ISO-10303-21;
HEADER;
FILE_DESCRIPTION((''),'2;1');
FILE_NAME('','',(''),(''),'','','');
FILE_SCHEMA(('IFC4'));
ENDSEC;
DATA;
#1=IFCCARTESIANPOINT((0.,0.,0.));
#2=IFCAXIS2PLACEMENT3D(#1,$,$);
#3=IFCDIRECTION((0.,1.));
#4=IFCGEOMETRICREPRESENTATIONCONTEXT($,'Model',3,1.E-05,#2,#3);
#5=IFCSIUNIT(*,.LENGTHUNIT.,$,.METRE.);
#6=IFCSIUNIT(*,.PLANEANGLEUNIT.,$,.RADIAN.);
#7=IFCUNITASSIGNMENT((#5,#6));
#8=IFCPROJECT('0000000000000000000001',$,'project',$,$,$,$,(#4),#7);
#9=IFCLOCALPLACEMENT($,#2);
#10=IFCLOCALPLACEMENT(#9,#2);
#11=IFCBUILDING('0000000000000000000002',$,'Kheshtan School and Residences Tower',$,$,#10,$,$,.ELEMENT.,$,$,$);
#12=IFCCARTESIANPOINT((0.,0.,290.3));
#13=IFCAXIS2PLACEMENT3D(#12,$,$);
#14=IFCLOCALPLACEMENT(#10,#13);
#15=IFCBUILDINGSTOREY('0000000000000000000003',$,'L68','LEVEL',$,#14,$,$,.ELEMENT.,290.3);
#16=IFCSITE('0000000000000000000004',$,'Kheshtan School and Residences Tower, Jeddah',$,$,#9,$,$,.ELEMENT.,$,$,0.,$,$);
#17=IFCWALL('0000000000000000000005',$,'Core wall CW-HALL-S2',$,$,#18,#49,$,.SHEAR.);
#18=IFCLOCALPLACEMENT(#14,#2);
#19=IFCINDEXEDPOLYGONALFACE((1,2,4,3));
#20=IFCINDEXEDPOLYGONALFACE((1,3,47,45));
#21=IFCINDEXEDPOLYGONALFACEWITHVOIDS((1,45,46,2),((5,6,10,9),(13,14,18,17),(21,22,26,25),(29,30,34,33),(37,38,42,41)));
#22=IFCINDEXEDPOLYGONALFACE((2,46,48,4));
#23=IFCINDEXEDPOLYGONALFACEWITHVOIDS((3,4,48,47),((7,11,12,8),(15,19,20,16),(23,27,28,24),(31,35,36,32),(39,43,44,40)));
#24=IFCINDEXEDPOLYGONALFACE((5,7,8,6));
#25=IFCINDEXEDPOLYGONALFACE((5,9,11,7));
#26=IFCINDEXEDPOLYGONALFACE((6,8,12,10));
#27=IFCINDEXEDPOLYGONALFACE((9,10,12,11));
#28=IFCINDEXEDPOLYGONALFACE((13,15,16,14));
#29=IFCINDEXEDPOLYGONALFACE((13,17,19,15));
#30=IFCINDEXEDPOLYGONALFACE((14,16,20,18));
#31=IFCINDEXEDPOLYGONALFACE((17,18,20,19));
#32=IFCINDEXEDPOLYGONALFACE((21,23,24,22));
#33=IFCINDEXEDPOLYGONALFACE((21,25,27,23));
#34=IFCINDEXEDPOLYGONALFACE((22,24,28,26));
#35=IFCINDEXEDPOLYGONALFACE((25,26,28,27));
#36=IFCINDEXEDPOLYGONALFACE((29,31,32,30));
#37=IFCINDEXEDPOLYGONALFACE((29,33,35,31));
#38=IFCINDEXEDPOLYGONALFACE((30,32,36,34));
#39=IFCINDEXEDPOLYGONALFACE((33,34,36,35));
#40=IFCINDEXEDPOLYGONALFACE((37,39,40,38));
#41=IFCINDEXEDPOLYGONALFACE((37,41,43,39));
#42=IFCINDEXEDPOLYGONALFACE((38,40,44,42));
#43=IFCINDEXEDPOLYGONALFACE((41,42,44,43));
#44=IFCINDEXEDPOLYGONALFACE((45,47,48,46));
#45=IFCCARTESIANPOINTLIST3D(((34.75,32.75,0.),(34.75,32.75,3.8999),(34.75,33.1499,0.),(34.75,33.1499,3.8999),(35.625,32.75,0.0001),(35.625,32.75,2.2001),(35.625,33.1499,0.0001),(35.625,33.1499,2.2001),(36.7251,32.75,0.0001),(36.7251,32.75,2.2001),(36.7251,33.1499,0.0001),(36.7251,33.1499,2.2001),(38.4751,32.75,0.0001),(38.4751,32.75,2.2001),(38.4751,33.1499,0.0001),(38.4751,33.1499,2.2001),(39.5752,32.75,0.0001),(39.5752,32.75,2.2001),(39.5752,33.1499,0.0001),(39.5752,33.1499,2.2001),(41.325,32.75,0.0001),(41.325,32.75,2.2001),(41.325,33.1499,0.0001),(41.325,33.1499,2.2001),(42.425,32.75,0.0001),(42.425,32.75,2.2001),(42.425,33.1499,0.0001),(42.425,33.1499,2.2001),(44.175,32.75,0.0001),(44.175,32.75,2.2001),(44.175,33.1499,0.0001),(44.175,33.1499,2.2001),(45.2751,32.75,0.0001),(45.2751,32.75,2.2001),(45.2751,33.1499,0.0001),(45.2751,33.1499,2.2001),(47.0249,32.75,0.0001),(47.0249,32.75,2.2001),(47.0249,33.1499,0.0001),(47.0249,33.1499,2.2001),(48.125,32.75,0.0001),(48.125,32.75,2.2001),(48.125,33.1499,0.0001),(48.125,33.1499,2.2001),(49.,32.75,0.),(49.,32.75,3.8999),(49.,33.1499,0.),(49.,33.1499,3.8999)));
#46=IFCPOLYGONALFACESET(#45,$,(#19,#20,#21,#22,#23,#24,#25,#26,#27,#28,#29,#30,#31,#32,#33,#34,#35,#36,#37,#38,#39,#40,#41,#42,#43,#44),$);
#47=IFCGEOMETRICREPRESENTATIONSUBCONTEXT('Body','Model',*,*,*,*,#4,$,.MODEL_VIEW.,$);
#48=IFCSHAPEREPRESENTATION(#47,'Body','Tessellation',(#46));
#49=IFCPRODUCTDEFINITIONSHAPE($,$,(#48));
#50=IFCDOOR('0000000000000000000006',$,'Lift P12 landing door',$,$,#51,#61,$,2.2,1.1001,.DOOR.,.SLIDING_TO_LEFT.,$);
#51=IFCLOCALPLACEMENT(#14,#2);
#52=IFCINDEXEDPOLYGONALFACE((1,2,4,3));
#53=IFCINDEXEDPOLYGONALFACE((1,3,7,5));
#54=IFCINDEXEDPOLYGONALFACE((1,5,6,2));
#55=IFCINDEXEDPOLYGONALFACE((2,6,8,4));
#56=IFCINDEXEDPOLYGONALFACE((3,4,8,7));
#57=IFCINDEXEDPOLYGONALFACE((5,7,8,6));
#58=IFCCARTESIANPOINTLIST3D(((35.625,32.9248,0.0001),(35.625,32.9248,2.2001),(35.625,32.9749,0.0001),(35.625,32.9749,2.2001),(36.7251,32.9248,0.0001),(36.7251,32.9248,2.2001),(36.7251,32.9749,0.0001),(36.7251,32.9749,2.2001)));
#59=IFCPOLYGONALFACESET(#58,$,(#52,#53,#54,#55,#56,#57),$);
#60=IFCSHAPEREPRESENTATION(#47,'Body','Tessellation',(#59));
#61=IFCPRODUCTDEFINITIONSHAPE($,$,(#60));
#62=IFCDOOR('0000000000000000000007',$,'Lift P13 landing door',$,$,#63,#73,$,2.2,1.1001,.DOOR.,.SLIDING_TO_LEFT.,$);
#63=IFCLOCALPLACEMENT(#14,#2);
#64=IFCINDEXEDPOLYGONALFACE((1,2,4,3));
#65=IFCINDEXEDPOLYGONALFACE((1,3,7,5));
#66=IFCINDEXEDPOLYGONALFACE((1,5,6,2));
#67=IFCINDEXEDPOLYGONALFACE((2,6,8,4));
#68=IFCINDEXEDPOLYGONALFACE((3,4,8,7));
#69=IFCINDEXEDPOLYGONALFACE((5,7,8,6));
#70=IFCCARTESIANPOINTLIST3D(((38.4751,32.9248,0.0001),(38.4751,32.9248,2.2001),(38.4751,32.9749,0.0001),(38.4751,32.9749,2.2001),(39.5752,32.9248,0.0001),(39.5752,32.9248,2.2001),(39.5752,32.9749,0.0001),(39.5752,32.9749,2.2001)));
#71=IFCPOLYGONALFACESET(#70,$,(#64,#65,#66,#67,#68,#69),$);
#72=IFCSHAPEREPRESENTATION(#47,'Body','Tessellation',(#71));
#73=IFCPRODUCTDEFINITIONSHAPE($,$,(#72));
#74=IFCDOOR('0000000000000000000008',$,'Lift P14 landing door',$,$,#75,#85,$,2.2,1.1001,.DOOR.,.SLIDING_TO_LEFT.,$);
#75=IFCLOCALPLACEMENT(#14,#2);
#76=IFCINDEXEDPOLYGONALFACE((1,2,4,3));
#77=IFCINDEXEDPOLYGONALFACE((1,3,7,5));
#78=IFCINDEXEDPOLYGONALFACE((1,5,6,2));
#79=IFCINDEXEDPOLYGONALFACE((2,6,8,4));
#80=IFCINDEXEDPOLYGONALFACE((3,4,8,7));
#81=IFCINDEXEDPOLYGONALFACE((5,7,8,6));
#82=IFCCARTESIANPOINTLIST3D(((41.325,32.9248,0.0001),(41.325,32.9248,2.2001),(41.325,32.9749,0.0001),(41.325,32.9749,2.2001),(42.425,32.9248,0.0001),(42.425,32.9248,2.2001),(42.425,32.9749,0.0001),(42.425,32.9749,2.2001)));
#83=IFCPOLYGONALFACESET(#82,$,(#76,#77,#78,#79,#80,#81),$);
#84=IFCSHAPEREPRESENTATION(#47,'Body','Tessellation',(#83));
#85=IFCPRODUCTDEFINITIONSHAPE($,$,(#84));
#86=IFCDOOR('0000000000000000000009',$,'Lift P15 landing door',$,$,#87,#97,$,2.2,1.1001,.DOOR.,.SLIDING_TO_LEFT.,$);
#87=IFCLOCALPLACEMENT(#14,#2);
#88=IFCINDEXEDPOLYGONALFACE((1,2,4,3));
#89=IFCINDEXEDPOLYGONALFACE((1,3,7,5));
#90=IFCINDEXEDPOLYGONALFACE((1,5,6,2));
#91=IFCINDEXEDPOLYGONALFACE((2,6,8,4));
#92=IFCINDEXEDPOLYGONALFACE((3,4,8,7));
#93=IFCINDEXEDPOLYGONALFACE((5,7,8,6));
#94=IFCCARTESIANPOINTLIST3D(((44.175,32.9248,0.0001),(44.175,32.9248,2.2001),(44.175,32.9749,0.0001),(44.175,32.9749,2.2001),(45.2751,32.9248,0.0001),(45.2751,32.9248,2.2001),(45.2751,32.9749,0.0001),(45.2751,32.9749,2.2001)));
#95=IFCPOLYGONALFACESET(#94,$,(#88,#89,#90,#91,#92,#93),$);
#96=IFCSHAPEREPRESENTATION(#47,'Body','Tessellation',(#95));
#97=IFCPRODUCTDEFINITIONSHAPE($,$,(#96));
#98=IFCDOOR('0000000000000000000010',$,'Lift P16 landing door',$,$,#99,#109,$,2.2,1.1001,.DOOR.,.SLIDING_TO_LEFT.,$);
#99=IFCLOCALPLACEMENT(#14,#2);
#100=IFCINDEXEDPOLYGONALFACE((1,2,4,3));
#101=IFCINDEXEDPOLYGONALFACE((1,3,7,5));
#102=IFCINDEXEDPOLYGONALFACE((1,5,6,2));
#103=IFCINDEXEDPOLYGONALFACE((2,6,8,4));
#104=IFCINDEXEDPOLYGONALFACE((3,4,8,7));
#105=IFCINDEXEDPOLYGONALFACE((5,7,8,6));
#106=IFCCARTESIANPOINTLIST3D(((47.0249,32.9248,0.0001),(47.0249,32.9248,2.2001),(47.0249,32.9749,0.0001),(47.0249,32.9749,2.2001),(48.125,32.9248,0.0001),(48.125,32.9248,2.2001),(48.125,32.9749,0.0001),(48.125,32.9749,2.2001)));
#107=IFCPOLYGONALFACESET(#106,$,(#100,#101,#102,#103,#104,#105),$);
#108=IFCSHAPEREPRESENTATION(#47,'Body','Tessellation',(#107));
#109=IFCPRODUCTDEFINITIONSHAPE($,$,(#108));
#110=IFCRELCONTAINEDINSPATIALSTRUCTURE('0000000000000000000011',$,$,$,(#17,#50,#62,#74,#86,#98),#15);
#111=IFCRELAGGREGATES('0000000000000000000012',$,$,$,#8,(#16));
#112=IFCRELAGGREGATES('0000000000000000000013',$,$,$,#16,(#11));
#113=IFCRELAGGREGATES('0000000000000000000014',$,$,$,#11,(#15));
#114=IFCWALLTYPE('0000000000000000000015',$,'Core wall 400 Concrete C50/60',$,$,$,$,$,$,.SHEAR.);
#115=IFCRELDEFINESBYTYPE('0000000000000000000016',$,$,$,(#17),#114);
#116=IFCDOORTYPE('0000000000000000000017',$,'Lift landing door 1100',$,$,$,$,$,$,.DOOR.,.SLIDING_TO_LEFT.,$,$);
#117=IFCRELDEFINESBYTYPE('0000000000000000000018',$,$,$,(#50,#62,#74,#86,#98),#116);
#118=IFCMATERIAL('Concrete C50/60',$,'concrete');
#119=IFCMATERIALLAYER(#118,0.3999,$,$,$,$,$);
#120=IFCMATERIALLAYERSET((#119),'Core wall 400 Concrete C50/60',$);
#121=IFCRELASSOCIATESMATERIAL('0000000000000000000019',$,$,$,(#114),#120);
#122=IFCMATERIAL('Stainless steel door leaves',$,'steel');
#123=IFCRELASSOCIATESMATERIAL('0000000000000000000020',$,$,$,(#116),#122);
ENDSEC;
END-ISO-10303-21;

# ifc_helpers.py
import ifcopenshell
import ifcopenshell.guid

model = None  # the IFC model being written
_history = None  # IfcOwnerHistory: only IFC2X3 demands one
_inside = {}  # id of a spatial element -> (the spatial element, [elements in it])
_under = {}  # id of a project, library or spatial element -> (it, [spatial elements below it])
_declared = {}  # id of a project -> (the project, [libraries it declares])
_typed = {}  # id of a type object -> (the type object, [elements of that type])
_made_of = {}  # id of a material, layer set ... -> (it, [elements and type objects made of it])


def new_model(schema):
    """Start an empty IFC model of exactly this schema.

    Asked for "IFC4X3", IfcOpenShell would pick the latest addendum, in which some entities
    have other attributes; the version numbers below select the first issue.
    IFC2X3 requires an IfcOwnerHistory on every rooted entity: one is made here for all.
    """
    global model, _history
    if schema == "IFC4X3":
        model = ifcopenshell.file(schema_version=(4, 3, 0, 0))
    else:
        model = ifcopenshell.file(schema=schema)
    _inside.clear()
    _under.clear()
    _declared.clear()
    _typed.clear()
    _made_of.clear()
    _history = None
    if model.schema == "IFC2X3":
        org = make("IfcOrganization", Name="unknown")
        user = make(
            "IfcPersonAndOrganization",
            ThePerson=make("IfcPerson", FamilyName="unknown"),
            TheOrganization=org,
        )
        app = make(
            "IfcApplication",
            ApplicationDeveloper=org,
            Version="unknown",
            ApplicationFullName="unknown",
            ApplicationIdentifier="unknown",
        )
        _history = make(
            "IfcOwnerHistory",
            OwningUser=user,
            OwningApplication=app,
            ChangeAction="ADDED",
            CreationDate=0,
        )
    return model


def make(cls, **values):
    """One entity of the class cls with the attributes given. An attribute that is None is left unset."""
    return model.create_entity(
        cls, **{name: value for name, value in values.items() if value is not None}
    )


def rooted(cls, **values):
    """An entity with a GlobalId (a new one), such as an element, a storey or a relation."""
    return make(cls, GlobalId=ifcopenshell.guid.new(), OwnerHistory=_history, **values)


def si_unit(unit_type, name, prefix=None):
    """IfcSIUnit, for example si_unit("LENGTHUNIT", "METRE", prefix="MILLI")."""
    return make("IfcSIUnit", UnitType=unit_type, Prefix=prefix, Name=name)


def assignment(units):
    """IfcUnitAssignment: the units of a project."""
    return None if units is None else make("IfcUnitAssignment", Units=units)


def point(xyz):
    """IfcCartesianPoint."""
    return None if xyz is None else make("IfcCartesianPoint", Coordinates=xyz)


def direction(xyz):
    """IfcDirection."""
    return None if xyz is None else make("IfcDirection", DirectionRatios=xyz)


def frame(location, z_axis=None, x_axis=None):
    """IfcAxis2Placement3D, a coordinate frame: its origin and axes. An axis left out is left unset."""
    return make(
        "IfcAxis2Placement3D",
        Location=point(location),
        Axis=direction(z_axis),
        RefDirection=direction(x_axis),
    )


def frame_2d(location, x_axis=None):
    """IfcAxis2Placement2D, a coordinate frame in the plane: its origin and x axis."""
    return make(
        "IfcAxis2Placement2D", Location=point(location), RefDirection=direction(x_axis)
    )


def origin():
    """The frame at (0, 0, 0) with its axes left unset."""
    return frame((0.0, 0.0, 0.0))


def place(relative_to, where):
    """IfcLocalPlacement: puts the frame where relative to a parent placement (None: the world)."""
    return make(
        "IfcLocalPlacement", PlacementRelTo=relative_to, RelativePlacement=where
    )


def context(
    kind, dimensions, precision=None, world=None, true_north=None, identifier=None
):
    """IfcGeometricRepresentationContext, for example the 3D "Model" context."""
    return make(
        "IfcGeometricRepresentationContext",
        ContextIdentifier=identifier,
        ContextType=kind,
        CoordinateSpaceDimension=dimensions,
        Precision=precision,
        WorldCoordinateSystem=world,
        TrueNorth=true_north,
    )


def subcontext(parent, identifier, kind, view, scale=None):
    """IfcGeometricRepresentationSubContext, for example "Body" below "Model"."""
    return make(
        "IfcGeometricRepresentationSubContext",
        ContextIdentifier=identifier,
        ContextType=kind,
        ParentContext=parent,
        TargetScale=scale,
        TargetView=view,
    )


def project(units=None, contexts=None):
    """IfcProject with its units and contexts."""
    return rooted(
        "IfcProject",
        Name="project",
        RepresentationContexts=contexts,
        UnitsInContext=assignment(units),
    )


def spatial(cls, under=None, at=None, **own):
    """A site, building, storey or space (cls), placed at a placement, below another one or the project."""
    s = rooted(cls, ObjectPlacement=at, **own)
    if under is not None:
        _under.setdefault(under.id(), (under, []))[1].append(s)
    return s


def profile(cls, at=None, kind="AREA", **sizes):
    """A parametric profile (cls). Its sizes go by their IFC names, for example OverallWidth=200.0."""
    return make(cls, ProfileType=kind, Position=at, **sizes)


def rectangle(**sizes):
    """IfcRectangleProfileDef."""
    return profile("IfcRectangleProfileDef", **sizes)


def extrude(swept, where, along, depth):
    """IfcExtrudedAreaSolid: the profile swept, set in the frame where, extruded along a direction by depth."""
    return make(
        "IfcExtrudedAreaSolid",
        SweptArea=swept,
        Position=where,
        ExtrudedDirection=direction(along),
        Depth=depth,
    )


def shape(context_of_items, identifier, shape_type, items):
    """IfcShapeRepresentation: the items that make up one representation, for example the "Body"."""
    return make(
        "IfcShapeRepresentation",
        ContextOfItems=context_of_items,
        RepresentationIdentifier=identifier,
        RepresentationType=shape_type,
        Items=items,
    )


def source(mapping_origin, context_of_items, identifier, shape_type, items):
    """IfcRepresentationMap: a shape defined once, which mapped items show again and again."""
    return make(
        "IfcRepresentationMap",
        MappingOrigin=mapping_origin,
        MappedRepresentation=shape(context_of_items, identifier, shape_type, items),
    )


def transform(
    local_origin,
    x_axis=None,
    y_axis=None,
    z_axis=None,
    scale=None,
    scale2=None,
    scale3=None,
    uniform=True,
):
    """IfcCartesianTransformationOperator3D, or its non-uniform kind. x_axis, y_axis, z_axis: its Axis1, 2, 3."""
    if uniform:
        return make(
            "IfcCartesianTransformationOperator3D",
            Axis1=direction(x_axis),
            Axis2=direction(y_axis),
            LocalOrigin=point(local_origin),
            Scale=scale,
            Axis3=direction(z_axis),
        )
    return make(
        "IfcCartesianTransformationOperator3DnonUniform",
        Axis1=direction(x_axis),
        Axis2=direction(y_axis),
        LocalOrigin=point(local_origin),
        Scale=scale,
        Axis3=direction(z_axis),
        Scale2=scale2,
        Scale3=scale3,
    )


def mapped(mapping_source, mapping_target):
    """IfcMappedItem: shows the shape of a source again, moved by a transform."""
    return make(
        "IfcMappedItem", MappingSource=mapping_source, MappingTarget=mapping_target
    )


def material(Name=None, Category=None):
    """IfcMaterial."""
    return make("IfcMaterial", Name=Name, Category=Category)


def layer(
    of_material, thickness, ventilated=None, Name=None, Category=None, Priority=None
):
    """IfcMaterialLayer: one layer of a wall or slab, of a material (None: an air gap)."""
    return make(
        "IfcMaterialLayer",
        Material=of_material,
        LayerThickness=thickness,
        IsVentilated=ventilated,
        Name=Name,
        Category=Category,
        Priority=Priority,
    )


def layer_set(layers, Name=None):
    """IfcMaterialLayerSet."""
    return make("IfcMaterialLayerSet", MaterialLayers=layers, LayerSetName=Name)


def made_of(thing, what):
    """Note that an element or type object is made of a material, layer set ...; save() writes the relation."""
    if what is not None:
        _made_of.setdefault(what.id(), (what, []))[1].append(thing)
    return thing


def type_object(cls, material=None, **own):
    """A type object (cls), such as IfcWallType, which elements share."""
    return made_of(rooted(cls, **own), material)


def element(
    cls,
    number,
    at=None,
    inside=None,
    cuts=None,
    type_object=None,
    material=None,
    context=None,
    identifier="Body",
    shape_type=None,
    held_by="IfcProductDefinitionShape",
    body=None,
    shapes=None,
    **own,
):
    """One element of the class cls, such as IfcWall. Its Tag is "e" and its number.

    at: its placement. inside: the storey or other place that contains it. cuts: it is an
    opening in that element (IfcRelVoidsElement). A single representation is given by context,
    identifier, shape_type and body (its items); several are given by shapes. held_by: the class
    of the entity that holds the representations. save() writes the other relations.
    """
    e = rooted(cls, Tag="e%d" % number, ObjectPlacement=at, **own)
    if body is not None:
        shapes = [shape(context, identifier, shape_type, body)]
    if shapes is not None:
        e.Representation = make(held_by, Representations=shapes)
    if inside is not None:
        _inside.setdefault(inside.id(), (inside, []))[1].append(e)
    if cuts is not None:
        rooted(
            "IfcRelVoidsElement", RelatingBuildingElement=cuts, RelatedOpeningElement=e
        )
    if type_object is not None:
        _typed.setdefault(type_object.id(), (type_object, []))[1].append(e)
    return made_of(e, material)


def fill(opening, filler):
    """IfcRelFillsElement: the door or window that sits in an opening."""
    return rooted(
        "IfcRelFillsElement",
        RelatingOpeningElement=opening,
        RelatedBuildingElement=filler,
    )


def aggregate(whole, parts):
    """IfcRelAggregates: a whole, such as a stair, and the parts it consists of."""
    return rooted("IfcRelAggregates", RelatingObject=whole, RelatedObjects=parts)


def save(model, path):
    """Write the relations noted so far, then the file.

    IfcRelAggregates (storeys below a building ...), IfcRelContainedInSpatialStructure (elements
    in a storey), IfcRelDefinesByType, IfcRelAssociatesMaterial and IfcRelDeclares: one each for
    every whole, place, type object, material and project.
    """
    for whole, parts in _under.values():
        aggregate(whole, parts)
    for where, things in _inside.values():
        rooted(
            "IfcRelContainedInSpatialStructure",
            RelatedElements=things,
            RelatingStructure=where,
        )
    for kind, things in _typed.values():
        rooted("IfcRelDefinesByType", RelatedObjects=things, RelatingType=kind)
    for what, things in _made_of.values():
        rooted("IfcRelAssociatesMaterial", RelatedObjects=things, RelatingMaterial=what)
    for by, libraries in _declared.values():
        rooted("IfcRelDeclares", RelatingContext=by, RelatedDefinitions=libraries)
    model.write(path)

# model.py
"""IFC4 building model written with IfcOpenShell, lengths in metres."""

from ifc_helpers import new_model, si_unit, direction, frame, frame_2d, origin, place, context, subcontext, project, spatial, rectangle, extrude, source, transform, mapped, material, layer, layer_set, type_object, element, fill, save


model = new_model("IFC4")

# Units and contexts
model_context = context("Model", 3, precision=1e-05, world=origin(), true_north=direction((0.0, 1.0)))
body_context = subcontext(model_context, "Body", "Model", "MODEL_VIEW")
ifc_project = project(units=[si_unit("LENGTHUNIT", "METRE"), si_unit("PLANEANGLEUNIT", "RADIAN")], contexts=[model_context])

# Site, building, storey
site_placement = place(None, origin())
site = spatial("IfcSite", under=ifc_project, at=site_placement, Name="Kheshtan School and Residences Tower, Jeddah", CompositionType="ELEMENT", RefElevation=0.0)
building_placement = place(site_placement, origin())
building = spatial("IfcBuilding", under=site, at=building_placement, Name="Kheshtan School and Residences Tower", CompositionType="ELEMENT")
storey_placement = place(building_placement, frame((0.0, 0.0, 290.3)))
storey = spatial("IfcBuildingStorey", under=building, at=storey_placement, Name="L68", Description="LEVEL", CompositionType="ELEMENT", Elevation=290.3)

# Wall, openings, doors
ifc_material_1 = material(Name="Concrete C50/60", Category="concrete")
ifc_layer_1 = layer(ifc_material_1, 0.3999)
ifc_layer_set_1 = layer_set([ifc_layer_1], Name="Core wall 400 Concrete C50/60")
wall_type_1 = type_object("IfcWallType", Name="Core wall 400 Concrete C50/60", PredefinedType="SHEAR", material=ifc_layer_set_1)
ifc_material_2 = material(Name="Stainless steel door leaves", Category="steel")
door_type_1 = type_object("IfcDoorType", Name="Lift landing door 1100", OperationType="SLIDING_TO_LEFT", PredefinedType="DOOR", material=ifc_material_2)
shared_shape_1 = source(origin(), body_context, "Body", "SweptSolid", [
    extrude(rectangle(XDim=1.1001, YDim=2.2, at=frame_2d((0.55, 1.1001))), frame((0.0, 0.0249, 0.0), z_axis=(0.0, -1.0, 0.0), x_axis=(1.0, 0.0, 0.0)), (0.0, 0.0, 1.0), 0.05),
])
wall_1_placement = place(storey_placement, frame((34.75, 32.95, 0.0), z_axis=(0.0, 0.0, 1.0), x_axis=(1.0, 0.0, 0.0)))
wall_1 = element("IfcWall", 1, at=wall_1_placement, inside=storey, type_object=wall_type_1, Name="Core wall CW-HALL-S2", PredefinedType="SHEAR", context=body_context, shape_type="SweptSolid", body=[
    extrude(rectangle(XDim=14.25, YDim=0.3999, at=frame_2d((7.125, 0.0))), origin(), (0.0, 0.0, 1.0), 3.8999),
])
opening_1_placement = place(wall_1_placement, frame((0.875, 0.0, 0.0)))
opening_1 = element("IfcOpeningElement", 2, at=opening_1_placement, cuts=wall_1, PredefinedType="OPENING", context=body_context, shape_type="SweptSolid", body=[
    extrude(rectangle(XDim=1.1001, YDim=2.2, at=frame_2d((0.55, 1.1001))), frame((0.0, 0.21, 0.0), z_axis=(0.0, -1.0, 0.0), x_axis=(1.0, 0.0, 0.0)), (0.0, 0.0, 1.0), 0.4199),
])
opening_2_placement = place(wall_1_placement, frame((3.7251, 0.0, 0.0)))
opening_2 = element("IfcOpeningElement", 3, at=opening_2_placement, cuts=wall_1, PredefinedType="OPENING", context=body_context, shape_type="SweptSolid", body=[
    extrude(rectangle(XDim=1.1001, YDim=2.2, at=frame_2d((0.55, 1.1001))), frame((0.0, 0.21, 0.0), z_axis=(0.0, -1.0, 0.0), x_axis=(1.0, 0.0, 0.0)), (0.0, 0.0, 1.0), 0.4199),
])
opening_3_placement = place(wall_1_placement, frame((6.575, 0.0, 0.0)))
opening_3 = element("IfcOpeningElement", 4, at=opening_3_placement, cuts=wall_1, PredefinedType="OPENING", context=body_context, shape_type="SweptSolid", body=[
    extrude(rectangle(XDim=1.1001, YDim=2.2, at=frame_2d((0.55, 1.1001))), frame((0.0, 0.21, 0.0), z_axis=(0.0, -1.0, 0.0), x_axis=(1.0, 0.0, 0.0)), (0.0, 0.0, 1.0), 0.4199),
])
opening_4_placement = place(wall_1_placement, frame((9.425, 0.0, 0.0)))
opening_4 = element("IfcOpeningElement", 5, at=opening_4_placement, cuts=wall_1, PredefinedType="OPENING", context=body_context, shape_type="SweptSolid", body=[
    extrude(rectangle(XDim=1.1001, YDim=2.2, at=frame_2d((0.55, 1.1001))), frame((0.0, 0.21, 0.0), z_axis=(0.0, -1.0, 0.0), x_axis=(1.0, 0.0, 0.0)), (0.0, 0.0, 1.0), 0.4199),
])
opening_5_placement = place(wall_1_placement, frame((12.2749, 0.0, 0.0)))
opening_5 = element("IfcOpeningElement", 6, at=opening_5_placement, cuts=wall_1, PredefinedType="OPENING", context=body_context, shape_type="SweptSolid", body=[
    extrude(rectangle(XDim=1.1001, YDim=2.2, at=frame_2d((0.55, 1.1001))), frame((0.0, 0.21, 0.0), z_axis=(0.0, -1.0, 0.0), x_axis=(1.0, 0.0, 0.0)), (0.0, 0.0, 1.0), 0.4199),
])
door_1_placement = place(opening_1_placement, origin())
door_1 = element("IfcDoor", 7, at=door_1_placement, inside=storey, type_object=door_type_1, Name="Lift P12 landing door", OperationType="SLIDING_TO_LEFT", OverallHeight=2.2, OverallWidth=1.1001, PredefinedType="DOOR", context=body_context, shape_type="MappedRepresentation", body=[
    mapped(shared_shape_1, transform((0.0, 0.0, 0.0), x_axis=(1.0, 0.0, 0.0), y_axis=(0.0, 1.0, 0.0), z_axis=(0.0, 0.0, 1.0), scale=1.0)),
])
fill(opening_1, door_1)
door_2_placement = place(opening_2_placement, origin())
door_2 = element("IfcDoor", 8, at=door_2_placement, inside=storey, type_object=door_type_1, Name="Lift P13 landing door", OperationType="SLIDING_TO_LEFT", OverallHeight=2.2, OverallWidth=1.1001, PredefinedType="DOOR", context=body_context, shape_type="MappedRepresentation", body=[
    mapped(shared_shape_1, transform((0.0, 0.0, 0.0), x_axis=(1.0, 0.0, 0.0), y_axis=(0.0, 1.0, 0.0), z_axis=(0.0, 0.0, 1.0), scale=1.0)),
])
fill(opening_2, door_2)
door_3_placement = place(opening_3_placement, origin())
door_3 = element("IfcDoor", 9, at=door_3_placement, inside=storey, type_object=door_type_1, Name="Lift P14 landing door", OperationType="SLIDING_TO_LEFT", OverallHeight=2.2, OverallWidth=1.1001, PredefinedType="DOOR", context=body_context, shape_type="MappedRepresentation", body=[
    mapped(shared_shape_1, transform((0.0, 0.0, 0.0), x_axis=(1.0, 0.0, 0.0), y_axis=(0.0, 1.0, 0.0), z_axis=(0.0, 0.0, 1.0), scale=1.0)),
])
fill(opening_3, door_3)
door_4_placement = place(opening_4_placement, origin())
door_4 = element("IfcDoor", 10, at=door_4_placement, inside=storey, type_object=door_type_1, Name="Lift P15 landing door", OperationType="SLIDING_TO_LEFT", OverallHeight=2.2, OverallWidth=1.1001, PredefinedType="DOOR", context=body_context, shape_type="MappedRepresentation", body=[
    mapped(shared_shape_1, transform((0.0, 0.0, 0.0), x_axis=(1.0, 0.0, 0.0), y_axis=(0.0, 1.0, 0.0), z_axis=(0.0, 0.0, 1.0), scale=1.0)),
])
fill(opening_4, door_4)
door_5_placement = place(opening_5_placement, origin())
door_5 = element("IfcDoor", 11, at=door_5_placement, inside=storey, type_object=door_type_1, Name="Lift P16 landing door", OperationType="SLIDING_TO_LEFT", OverallHeight=2.2, OverallWidth=1.1001, PredefinedType="DOOR", context=body_context, shape_type="MappedRepresentation", body=[
    mapped(shared_shape_1, transform((0.0, 0.0, 0.0), x_axis=(1.0, 0.0, 0.0), y_axis=(0.0, 1.0, 0.0), z_axis=(0.0, 0.0, 1.0), scale=1.0)),
])
fill(opening_5, door_5)

save(model, "model.ifc")
